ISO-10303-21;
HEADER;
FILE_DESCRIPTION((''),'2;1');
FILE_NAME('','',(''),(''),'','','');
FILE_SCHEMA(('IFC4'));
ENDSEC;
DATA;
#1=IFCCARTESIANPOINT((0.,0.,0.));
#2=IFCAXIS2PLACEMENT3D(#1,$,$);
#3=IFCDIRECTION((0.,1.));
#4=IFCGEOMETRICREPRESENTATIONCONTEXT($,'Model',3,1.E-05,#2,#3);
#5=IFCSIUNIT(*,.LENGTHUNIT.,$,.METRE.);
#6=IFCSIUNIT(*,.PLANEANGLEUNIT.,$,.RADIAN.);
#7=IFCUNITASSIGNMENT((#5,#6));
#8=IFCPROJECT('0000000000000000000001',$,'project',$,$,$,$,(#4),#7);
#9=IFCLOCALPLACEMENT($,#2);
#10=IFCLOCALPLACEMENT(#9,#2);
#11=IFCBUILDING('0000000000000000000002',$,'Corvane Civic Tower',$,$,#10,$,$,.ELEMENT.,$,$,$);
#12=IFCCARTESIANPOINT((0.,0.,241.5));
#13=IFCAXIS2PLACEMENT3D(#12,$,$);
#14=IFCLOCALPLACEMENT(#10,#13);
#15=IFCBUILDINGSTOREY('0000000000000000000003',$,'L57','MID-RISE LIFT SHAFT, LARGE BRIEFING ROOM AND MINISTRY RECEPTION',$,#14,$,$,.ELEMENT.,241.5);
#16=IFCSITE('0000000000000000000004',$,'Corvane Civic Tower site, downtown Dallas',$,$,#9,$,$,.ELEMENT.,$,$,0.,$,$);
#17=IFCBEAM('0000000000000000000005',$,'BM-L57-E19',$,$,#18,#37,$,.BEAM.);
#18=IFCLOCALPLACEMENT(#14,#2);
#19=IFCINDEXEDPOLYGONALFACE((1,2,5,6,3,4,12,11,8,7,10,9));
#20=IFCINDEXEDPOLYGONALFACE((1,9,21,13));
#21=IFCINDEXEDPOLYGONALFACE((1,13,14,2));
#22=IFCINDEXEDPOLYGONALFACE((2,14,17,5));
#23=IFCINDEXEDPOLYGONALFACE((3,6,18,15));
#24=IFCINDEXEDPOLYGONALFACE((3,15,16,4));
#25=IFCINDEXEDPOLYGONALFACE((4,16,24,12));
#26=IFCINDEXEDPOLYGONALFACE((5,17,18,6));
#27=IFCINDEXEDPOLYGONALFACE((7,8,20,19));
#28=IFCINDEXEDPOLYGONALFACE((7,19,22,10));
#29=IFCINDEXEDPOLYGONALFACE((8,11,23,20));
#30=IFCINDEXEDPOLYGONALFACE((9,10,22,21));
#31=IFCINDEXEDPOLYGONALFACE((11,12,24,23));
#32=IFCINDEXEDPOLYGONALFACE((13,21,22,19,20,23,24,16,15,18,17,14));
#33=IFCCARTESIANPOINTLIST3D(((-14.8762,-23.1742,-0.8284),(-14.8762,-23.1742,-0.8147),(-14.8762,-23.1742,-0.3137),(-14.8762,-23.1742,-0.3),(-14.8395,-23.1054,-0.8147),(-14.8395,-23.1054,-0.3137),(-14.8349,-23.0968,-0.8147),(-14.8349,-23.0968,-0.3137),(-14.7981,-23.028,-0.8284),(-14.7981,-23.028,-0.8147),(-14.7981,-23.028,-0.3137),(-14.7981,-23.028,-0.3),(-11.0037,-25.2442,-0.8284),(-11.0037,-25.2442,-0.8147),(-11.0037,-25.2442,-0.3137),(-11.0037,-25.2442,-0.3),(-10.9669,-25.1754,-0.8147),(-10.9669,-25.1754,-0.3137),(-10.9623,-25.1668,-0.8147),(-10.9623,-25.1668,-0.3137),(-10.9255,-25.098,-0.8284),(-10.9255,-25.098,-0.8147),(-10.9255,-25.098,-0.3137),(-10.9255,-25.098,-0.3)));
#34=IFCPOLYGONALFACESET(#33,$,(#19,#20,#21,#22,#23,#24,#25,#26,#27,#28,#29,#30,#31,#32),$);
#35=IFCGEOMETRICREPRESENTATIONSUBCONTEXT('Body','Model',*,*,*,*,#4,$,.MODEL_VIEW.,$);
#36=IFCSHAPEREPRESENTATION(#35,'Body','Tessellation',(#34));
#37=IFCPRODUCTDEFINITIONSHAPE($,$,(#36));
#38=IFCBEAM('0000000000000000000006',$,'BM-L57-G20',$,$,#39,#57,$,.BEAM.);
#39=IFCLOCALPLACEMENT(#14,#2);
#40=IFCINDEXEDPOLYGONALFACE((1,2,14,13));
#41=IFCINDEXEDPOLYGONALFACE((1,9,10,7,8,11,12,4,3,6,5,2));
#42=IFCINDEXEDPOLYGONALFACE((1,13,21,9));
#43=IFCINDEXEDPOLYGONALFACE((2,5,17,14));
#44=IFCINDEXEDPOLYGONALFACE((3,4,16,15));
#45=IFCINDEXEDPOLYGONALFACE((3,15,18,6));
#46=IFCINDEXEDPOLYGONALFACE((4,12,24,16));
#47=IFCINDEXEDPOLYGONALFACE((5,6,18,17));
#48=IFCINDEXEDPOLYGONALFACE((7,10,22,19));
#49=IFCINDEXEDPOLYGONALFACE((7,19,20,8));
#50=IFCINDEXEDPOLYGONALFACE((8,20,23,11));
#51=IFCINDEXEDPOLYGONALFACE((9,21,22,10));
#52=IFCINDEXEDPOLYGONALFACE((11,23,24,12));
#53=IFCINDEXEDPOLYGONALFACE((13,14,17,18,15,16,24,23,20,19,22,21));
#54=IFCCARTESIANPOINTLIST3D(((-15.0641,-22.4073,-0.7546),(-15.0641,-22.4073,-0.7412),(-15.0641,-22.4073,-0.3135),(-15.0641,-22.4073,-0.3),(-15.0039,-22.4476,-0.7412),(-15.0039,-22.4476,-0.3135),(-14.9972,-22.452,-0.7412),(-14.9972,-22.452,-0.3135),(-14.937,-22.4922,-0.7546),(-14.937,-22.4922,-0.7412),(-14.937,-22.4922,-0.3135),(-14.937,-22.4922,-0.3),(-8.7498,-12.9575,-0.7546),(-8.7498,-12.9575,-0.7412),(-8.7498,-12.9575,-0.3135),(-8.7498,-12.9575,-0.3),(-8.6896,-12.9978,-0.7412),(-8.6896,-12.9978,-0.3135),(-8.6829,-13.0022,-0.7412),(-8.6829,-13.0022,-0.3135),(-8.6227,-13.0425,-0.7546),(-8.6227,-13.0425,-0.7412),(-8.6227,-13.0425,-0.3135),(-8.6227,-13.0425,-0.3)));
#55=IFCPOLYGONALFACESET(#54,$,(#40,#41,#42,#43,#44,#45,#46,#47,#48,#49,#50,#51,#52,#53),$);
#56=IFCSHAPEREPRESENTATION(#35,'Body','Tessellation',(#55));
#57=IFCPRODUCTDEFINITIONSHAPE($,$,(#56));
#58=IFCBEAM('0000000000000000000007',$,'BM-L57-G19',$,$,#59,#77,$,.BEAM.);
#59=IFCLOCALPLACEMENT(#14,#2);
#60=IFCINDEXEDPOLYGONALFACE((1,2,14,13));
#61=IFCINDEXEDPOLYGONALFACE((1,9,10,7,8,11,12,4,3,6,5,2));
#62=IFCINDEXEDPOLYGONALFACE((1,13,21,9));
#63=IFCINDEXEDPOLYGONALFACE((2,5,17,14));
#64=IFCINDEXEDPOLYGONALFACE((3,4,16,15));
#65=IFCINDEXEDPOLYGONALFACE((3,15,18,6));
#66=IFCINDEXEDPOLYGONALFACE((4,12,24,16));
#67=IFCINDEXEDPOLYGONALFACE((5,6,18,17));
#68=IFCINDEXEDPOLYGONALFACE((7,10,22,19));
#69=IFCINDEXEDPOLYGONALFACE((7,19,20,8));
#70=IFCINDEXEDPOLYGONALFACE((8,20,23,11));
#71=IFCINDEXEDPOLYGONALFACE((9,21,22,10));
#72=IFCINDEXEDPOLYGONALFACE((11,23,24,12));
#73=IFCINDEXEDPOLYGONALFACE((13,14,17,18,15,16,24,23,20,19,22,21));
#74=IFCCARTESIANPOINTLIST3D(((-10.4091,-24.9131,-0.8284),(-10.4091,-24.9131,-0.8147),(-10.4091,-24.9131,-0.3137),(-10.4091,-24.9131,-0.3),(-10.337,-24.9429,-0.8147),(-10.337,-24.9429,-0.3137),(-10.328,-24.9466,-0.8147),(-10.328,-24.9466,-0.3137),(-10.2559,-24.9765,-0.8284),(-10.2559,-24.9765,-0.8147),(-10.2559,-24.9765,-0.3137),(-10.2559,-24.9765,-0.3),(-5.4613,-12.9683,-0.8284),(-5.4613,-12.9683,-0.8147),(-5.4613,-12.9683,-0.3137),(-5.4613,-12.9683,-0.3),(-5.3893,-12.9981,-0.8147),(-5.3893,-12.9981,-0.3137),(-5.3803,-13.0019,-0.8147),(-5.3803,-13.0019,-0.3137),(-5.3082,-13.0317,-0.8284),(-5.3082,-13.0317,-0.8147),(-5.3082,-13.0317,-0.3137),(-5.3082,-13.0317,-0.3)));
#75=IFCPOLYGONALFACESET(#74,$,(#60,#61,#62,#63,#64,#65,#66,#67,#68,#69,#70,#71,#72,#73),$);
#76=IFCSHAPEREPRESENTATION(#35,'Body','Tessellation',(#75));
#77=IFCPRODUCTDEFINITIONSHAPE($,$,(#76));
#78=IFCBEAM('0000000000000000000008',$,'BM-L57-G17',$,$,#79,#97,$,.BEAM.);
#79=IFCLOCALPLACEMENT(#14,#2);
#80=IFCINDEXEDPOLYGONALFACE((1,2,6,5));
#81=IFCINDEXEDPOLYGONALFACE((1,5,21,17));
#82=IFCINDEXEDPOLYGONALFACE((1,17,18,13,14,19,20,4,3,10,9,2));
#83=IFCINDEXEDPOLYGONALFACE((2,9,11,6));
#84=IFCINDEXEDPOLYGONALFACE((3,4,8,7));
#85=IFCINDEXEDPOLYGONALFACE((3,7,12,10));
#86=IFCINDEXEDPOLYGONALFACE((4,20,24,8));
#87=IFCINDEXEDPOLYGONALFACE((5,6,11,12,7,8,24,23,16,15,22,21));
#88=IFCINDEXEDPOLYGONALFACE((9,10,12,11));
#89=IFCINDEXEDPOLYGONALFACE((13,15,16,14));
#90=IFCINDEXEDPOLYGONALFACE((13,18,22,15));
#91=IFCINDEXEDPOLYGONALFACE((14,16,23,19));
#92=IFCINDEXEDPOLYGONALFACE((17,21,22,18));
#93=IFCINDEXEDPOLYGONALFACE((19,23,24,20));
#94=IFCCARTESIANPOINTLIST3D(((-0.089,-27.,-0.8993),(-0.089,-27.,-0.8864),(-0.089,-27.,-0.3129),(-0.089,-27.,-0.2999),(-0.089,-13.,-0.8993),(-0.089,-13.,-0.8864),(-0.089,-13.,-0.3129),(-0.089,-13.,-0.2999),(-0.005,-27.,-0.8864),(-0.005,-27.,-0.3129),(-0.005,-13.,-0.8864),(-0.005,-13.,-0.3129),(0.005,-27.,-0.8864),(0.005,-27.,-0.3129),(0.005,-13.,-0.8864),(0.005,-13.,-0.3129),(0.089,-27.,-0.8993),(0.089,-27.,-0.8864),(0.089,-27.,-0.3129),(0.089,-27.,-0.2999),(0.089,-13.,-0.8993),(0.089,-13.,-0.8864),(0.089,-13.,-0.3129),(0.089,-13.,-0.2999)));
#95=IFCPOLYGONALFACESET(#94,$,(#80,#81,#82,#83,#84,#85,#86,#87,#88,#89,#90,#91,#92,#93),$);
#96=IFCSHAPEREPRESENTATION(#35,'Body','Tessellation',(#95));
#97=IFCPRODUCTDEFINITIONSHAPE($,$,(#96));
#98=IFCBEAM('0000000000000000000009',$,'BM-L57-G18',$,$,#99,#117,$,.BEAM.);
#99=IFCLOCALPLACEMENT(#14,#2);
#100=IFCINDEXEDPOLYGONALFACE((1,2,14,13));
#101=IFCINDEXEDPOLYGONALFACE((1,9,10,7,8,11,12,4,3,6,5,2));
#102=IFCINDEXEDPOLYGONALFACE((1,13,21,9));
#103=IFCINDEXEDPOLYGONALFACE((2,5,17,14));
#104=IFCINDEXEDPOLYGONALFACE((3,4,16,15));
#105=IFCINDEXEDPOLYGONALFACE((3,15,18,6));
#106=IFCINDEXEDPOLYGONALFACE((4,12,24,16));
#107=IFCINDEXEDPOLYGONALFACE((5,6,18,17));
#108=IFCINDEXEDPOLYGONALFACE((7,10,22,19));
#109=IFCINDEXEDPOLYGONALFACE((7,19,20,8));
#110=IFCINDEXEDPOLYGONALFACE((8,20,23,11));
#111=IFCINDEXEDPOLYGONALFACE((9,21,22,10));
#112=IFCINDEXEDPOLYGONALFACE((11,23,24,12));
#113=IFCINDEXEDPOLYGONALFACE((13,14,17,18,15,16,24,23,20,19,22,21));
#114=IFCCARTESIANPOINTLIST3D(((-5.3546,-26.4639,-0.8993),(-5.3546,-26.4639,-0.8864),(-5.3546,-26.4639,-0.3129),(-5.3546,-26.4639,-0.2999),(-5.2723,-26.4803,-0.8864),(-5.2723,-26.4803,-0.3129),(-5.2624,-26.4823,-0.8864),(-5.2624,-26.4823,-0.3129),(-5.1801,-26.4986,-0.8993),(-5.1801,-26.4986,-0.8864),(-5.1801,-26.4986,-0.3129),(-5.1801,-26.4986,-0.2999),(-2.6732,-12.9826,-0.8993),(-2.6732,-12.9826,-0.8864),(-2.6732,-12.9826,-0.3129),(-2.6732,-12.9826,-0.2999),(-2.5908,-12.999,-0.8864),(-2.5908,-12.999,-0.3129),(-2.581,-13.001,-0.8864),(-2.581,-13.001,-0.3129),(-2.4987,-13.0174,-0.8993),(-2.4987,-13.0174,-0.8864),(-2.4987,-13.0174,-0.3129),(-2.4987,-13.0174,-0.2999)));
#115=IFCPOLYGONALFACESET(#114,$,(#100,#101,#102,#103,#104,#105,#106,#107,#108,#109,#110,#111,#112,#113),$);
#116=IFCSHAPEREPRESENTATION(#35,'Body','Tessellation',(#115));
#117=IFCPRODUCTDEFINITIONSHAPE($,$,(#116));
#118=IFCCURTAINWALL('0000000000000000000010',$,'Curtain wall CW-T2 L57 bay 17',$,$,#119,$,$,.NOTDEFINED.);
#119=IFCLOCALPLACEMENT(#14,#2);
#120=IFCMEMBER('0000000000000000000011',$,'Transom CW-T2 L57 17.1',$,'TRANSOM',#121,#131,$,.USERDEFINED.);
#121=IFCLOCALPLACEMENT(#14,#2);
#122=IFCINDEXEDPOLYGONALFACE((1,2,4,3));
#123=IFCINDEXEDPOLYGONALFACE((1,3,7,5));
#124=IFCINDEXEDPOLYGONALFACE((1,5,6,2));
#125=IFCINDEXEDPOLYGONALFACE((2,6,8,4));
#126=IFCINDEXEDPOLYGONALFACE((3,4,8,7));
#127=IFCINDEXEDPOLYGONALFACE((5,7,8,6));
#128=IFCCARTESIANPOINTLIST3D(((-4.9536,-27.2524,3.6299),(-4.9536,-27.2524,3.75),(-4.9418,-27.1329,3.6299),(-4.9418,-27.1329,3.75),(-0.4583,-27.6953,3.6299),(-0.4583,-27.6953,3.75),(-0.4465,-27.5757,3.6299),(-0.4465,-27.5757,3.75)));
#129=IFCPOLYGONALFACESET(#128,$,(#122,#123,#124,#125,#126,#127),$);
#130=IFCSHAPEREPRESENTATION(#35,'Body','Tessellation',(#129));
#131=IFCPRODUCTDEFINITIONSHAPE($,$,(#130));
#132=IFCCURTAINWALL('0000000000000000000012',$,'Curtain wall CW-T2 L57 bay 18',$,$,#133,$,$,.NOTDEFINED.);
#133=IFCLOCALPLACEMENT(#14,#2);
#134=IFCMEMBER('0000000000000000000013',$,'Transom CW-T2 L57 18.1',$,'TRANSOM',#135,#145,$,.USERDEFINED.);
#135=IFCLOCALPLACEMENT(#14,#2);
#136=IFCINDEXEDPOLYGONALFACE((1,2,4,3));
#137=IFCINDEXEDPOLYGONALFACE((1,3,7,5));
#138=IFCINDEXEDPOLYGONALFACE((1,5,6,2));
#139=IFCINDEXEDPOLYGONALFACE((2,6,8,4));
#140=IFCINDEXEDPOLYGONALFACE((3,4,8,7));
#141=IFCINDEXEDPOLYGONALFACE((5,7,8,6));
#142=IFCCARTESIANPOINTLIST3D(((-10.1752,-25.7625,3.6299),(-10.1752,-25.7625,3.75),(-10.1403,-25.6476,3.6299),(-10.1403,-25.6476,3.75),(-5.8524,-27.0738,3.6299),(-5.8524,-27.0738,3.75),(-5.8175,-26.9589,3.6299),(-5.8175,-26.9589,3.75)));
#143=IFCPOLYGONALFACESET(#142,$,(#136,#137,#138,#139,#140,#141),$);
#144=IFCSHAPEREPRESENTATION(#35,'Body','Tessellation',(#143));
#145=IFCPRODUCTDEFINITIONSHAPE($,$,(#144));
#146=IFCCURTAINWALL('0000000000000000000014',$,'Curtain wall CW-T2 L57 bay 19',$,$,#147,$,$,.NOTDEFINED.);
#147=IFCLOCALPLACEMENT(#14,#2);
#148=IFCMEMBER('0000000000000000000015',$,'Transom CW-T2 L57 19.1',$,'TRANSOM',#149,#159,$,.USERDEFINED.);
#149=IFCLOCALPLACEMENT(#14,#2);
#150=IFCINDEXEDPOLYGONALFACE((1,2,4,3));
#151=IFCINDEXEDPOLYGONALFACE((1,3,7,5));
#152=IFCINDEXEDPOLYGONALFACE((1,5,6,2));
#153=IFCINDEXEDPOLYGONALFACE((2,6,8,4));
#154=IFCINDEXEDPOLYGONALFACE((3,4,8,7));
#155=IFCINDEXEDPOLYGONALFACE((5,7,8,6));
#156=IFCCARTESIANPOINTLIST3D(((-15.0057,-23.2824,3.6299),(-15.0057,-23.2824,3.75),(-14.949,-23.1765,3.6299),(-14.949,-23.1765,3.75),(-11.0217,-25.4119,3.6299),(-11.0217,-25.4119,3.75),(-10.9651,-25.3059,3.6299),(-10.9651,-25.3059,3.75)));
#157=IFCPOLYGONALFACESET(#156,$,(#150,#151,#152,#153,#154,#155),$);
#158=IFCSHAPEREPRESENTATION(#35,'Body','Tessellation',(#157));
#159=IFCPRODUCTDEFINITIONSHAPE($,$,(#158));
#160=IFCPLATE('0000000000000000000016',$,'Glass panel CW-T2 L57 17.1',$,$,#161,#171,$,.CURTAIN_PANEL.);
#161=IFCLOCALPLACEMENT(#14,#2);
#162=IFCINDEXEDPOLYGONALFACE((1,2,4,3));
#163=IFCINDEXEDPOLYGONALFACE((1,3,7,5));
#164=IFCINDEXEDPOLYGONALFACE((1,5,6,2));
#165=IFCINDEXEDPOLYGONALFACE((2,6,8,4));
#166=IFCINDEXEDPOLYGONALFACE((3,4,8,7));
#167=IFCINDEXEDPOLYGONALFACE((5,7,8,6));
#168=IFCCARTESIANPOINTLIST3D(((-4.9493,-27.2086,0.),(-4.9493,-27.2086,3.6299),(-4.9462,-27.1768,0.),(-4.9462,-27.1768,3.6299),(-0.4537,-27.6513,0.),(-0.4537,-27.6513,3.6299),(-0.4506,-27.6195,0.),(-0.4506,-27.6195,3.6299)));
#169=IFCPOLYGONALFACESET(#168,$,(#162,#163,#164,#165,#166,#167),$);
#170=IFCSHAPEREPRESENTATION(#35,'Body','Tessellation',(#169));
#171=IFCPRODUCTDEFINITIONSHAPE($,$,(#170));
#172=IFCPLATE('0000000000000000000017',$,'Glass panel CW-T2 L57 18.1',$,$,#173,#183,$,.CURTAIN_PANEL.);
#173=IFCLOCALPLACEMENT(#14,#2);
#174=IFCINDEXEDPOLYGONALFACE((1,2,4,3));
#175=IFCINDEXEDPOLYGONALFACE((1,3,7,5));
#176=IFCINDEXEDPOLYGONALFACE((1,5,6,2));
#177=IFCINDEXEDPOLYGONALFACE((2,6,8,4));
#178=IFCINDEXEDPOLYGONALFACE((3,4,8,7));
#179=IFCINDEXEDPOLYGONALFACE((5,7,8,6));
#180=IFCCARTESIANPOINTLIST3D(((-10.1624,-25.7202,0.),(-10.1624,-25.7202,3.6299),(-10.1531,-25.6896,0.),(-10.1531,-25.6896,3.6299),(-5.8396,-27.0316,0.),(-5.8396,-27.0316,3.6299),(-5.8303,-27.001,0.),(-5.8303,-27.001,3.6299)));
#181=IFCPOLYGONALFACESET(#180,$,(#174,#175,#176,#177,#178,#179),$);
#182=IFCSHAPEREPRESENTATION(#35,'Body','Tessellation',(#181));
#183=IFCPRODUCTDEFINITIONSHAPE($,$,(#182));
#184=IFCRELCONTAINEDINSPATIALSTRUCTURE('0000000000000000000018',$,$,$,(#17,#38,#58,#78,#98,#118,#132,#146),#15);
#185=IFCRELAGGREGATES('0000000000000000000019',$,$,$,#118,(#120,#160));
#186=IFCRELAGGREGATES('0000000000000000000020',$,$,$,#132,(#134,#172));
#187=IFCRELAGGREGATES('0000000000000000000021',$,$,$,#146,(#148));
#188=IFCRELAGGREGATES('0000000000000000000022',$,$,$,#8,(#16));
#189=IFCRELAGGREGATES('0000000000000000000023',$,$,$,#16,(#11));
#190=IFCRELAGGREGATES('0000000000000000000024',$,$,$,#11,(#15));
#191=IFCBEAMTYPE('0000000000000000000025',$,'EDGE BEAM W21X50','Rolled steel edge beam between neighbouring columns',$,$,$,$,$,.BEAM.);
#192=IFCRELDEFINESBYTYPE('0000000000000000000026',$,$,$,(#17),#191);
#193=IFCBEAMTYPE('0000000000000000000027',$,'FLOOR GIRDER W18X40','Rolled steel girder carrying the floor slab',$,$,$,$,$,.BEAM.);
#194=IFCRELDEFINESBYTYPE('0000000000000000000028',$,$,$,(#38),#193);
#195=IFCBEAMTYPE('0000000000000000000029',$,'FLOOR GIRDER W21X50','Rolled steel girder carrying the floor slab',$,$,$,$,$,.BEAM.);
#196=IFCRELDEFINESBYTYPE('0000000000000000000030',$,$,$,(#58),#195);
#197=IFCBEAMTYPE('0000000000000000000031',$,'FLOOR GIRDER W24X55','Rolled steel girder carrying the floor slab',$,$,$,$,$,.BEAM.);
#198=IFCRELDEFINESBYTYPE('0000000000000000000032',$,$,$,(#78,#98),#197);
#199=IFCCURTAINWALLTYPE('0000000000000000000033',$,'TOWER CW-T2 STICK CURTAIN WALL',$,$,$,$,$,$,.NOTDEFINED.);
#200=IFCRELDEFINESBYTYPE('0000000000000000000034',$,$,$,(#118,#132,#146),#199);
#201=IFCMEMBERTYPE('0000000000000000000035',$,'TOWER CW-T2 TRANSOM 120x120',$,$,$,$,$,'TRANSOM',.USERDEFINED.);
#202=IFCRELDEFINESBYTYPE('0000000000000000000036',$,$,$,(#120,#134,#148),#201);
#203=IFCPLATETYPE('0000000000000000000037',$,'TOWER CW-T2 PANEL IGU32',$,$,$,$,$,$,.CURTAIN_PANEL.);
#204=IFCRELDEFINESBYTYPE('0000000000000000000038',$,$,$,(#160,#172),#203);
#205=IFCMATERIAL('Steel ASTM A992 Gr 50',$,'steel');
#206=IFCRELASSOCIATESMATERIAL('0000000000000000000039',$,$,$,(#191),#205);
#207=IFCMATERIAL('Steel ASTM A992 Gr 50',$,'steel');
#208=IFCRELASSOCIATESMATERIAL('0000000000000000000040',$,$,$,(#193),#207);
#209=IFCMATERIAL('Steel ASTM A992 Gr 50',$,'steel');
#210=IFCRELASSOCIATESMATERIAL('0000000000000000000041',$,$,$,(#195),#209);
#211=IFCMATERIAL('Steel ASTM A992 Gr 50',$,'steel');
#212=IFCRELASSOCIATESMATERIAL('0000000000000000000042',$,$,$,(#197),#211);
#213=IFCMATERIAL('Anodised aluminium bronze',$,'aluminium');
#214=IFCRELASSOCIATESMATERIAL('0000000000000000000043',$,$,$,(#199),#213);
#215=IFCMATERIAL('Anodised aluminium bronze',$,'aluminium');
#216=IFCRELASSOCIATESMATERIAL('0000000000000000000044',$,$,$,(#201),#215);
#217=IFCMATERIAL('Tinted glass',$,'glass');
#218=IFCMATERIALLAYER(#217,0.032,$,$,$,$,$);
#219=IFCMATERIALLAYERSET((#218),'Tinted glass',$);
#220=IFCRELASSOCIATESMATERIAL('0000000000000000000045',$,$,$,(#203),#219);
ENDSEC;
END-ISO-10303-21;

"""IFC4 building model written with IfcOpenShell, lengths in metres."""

from ifc_helpers import new_model, si_unit, direction, frame, origin, origin_2d, place, context, subcontext, project, spatial, rectangle, i_section, extrude, material, layer, layer_set, material_profile, profile_set, type_object, element, aggregate, save


model = new_model("IFC4")

# Units and contexts
model_context = context("Model", 3, precision=1e-05, world=origin(), true_north=direction((0.0, 1.0)))
body_context = subcontext(model_context, "Body", "Model", "MODEL_VIEW")
ifc_project = project(units=[si_unit("LENGTHUNIT", "METRE"), si_unit("PLANEANGLEUNIT", "RADIAN")], contexts=[model_context])

# Site, building, storey
site_placement = place(None, origin())
site = spatial("IfcSite", under=ifc_project, at=site_placement, Name="Corvane Civic Tower site, downtown Dallas", CompositionType="ELEMENT", RefElevation=0.0)
building_placement = place(site_placement, origin())
building = spatial("IfcBuilding", under=site, at=building_placement, Name="Corvane Civic Tower", CompositionType="ELEMENT")
storey_placement = place(building_placement, frame((0.0, 0.0, 241.5)))
storey = spatial("IfcBuildingStorey", under=building, at=storey_placement, Name="L57", Description="MID-RISE LIFT SHAFT, LARGE BRIEFING ROOM AND MINISTRY RECEPTION", CompositionType="ELEMENT", Elevation=241.5)

# Beams
ifc_material_1 = material(Name="Steel ASTM A992 Gr 50", Category="steel")
ifc_material_profile_1 = material_profile(ifc_material_1, i_section(OverallWidth=0.1658, OverallDepth=0.5283, WebThickness=0.0098, FlangeThickness=0.0137, at=origin_2d()), Name="W21X50")
ifc_profile_set_1 = profile_set([ifc_material_profile_1], Name="Steel ASTM A992 Gr 50")
beam_type_1 = type_object("IfcBeamType", Name="EDGE BEAM W21X50", Description="Rolled steel edge beam between neighbouring columns", PredefinedType="BEAM", material=ifc_profile_set_1)
beam_1_placement = place(storey_placement, frame((-10.9646, -25.1711, -0.5642), z_axis=(-0.881908, 0.471422, 0.0), x_axis=(-0.471422, -0.881908, 0.0)))
element("IfcBeam", 1, at=beam_1_placement, inside=storey, type_object=beam_type_1, Name="BM-L57-E19", PredefinedType="BEAM", context=body_context, shape_type="SweptSolid", body=[
    extrude(i_section(OverallWidth=0.1658, OverallDepth=0.5283, WebThickness=0.0098, FlangeThickness=0.0137, at=origin_2d()), origin(), (0.0, 0.0, 1.0), 4.3911),
])
ifc_material_2 = material(Name="Steel ASTM A992 Gr 50", Category="steel")
ifc_material_profile_2 = material_profile(ifc_material_2, i_section(OverallWidth=0.1528, OverallDepth=0.4546, WebThickness=0.0081, FlangeThickness=0.0134, at=origin_2d()), Name="W18X40")
ifc_profile_set_2 = profile_set([ifc_material_profile_2], Name="Steel ASTM A992 Gr 50")
beam_type_2 = type_object("IfcBeamType", Name="FLOOR GIRDER W18X40", Description="Rolled steel girder carrying the floor slab", PredefinedType="BEAM", material=ifc_profile_set_2)
beam_2_placement = place(storey_placement, frame((-8.6863, -13.0, -0.5273), z_axis=(-0.555577, -0.831465, 0.0), x_axis=(0.831465, -0.555577, 0.0)))
element("IfcBeam", 2, at=beam_2_placement, inside=storey, type_object=beam_type_2, Name="BM-L57-G20", PredefinedType="BEAM", context=body_context, shape_type="SweptSolid", body=[
    extrude(i_section(OverallWidth=0.1528, OverallDepth=0.4546, WebThickness=0.0081, FlangeThickness=0.0134, at=origin_2d()), origin(), (0.0, 0.0, 1.0), 11.3652),
])
ifc_material_3 = material(Name="Steel ASTM A992 Gr 50", Category="steel")
ifc_material_profile_3 = material_profile(ifc_material_3, i_section(OverallWidth=0.1658, OverallDepth=0.5283, WebThickness=0.0098, FlangeThickness=0.0137, at=origin_2d()), Name="W21X50")
ifc_profile_set_3 = profile_set([ifc_material_profile_3], Name="Steel ASTM A992 Gr 50")
beam_type_3 = type_object("IfcBeamType", Name="FLOOR GIRDER W21X50", Description="Rolled steel girder carrying the floor slab", PredefinedType="BEAM", material=ifc_profile_set_3)
beam_3_placement = place(storey_placement, frame((-5.3848, -13.0, -0.5642), z_axis=(-0.382686, -0.923878, 0.0), x_axis=(0.923878, -0.382686, 0.0)))
element("IfcBeam", 3, at=beam_3_placement, inside=storey, type_object=beam_type_3, Name="BM-L57-G19", PredefinedType="BEAM", context=body_context, shape_type="SweptSolid", body=[
    extrude(i_section(OverallWidth=0.1658, OverallDepth=0.5283, WebThickness=0.0098, FlangeThickness=0.0137, at=origin_2d()), origin(), (0.0, 0.0, 1.0), 12.929),
])
ifc_material_4 = material(Name="Steel ASTM A992 Gr 50", Category="steel")
ifc_material_profile_4 = material_profile(ifc_material_4, i_section(OverallWidth=0.178, OverallDepth=0.5994, WebThickness=0.01, FlangeThickness=0.0129, at=origin_2d()), Name="W24X55")
ifc_profile_set_4 = profile_set([ifc_material_profile_4], Name="Steel ASTM A992 Gr 50")
beam_type_4 = type_object("IfcBeamType", Name="FLOOR GIRDER W24X55", Description="Rolled steel girder carrying the floor slab", PredefinedType="BEAM", material=ifc_profile_set_4)
beam_4_placement = place(storey_placement, frame((0.0, -13.0, -0.5996), z_axis=(0.0, -1.0, 0.0), x_axis=(1.0, 0.0, 0.0)))
element("IfcBeam", 4, at=beam_4_placement, inside=storey, type_object=beam_type_4, Name="BM-L57-G17", PredefinedType="BEAM", context=body_context, shape_type="SweptSolid", body=[
    extrude(i_section(OverallWidth=0.178, OverallDepth=0.5994, WebThickness=0.01, FlangeThickness=0.0129, at=origin_2d()), origin(), (0.0, 0.0, 1.0), 14.0),
])
beam_5_placement = place(storey_placement, frame((-2.5859, -13.0, -0.5996), z_axis=(-0.195078, -0.980788, 0.0), x_axis=(0.980788, -0.195078, 0.0)))
element("IfcBeam", 5, at=beam_5_placement, inside=storey, type_object=beam_type_4, Name="BM-L57-G18", PredefinedType="BEAM", context=body_context, shape_type="SweptSolid", body=[
    extrude(i_section(OverallWidth=0.178, OverallDepth=0.5994, WebThickness=0.01, FlangeThickness=0.0129, at=origin_2d()), origin(), (0.0, 0.0, 1.0), 13.7454),
])

# Curtain walls, members
ifc_material_5 = material(Name="Anodised aluminium bronze", Category="aluminium")
curtain_wall_type = type_object("IfcCurtainWallType", Name="TOWER CW-T2 STICK CURTAIN WALL", PredefinedType="NOTDEFINED", material=ifc_material_5)
curtain_wall_1_placement = place(storey_placement, origin())
curtain_wall_1 = element("IfcCurtainWall", 6, at=curtain_wall_1_placement, inside=storey, type_object=curtain_wall_type, Name="Curtain wall CW-T2 L57 bay 17", PredefinedType="NOTDEFINED")
ifc_material_6 = material(Name="Anodised aluminium bronze", Category="aluminium")
ifc_material_profile_5 = material_profile(ifc_material_6, rectangle(XDim=0.1201, YDim=0.1201, at=origin_2d()), Name="TOWER CW-T2 TRANSOM 120x120")
ifc_profile_set_5 = profile_set([ifc_material_profile_5], Name="Anodised aluminium bronze")
member_type = type_object("IfcMemberType", Name="TOWER CW-T2 TRANSOM 120x120", ElementType="TRANSOM", PredefinedType="USERDEFINED", material=ifc_profile_set_5)
member_1_placement = place(storey_placement, frame((-0.4524, -27.6355, 3.6899), z_axis=(-0.995182, 0.098043, 0.0), x_axis=(-0.098043, -0.995182, 0.0)))
member_1 = element("IfcMember", 7, at=member_1_placement, type_object=member_type, Name="Transom CW-T2 L57 17.1", ObjectType="TRANSOM", PredefinedType="USERDEFINED", context=body_context, shape_type="SweptSolid", body=[
    extrude(rectangle(XDim=0.1201, YDim=0.1201, at=origin_2d()), origin(), (0.0, 0.0, 1.0), 4.5171),
])
curtain_wall_2_placement = place(storey_placement, origin())
curtain_wall_2 = element("IfcCurtainWall", 8, at=curtain_wall_2_placement, inside=storey, type_object=curtain_wall_type, Name="Curtain wall CW-T2 L57 bay 18", PredefinedType="NOTDEFINED")
member_2_placement = place(storey_placement, frame((-5.835, -27.0164, 3.6899), z_axis=(-0.956941, 0.290282, 0.0), x_axis=(-0.290282, -0.956941, 0.0)))
member_2 = element("IfcMember", 9, at=member_2_placement, type_object=member_type, Name="Transom CW-T2 L57 18.1", ObjectType="TRANSOM", PredefinedType="USERDEFINED", context=body_context, shape_type="SweptSolid", body=[
    extrude(rectangle(XDim=0.1201, YDim=0.1201, at=origin_2d()), origin(), (0.0, 0.0, 1.0), 4.5173),
])
curtain_wall_3_placement = place(storey_placement, origin())
curtain_wall_3 = element("IfcCurtainWall", 10, at=curtain_wall_3_placement, inside=storey, type_object=curtain_wall_type, Name="Curtain wall CW-T2 L57 bay 19", PredefinedType="NOTDEFINED")
member_3_placement = place(storey_placement, frame((-10.9934, -25.3589, 3.6899), z_axis=(-0.881925, 0.47139, 0.0), x_axis=(-0.47139, -0.881925, 0.0)))
member_3 = element("IfcMember", 11, at=member_3_placement, type_object=member_type, Name="Transom CW-T2 L57 19.1", ObjectType="TRANSOM", PredefinedType="USERDEFINED", context=body_context, shape_type="SweptSolid", body=[
    extrude(rectangle(XDim=0.1201, YDim=0.1201, at=origin_2d()), origin(), (0.0, 0.0, 1.0), 4.5173),
])

# Plates
ifc_material_7 = material(Name="Tinted glass", Category="glass")
ifc_layer_1 = layer(ifc_material_7, 0.032)
ifc_layer_set_1 = layer_set([ifc_layer_1], Name="Tinted glass")
plate_type = type_object("IfcPlateType", Name="TOWER CW-T2 PANEL IGU32", PredefinedType="CURTAIN_PANEL", material=ifc_layer_set_1)
plate_1_placement = place(storey_placement, frame((-2.7, -27.4141, 0.0), z_axis=(0.0, 0.0, 1.0), x_axis=(-0.995187, 0.097993, 0.0)))
plate_1 = element("IfcPlate", 12, at=plate_1_placement, type_object=plate_type, Name="Glass panel CW-T2 L57 17.1", PredefinedType="CURTAIN_PANEL", context=body_context, shape_type="SweptSolid", body=[
    extrude(rectangle(XDim=4.5173, YDim=0.032, at=origin_2d()), origin(), (0.0, 0.0, 1.0), 3.6299),
])
aggregate(curtain_wall_1, [member_1, plate_1])
plate_2_placement = place(storey_placement, frame((-7.9963, -26.3606, 0.0), z_axis=(0.0, 0.0, 1.0), x_axis=(-0.956939, 0.29029, 0.0)))
plate_2 = element("IfcPlate", 13, at=plate_2_placement, type_object=plate_type, Name="Glass panel CW-T2 L57 18.1", PredefinedType="CURTAIN_PANEL", context=body_context, shape_type="SweptSolid", body=[
    extrude(rectangle(XDim=4.5173, YDim=0.032, at=origin_2d()), origin(), (0.0, 0.0, 1.0), 3.6299),
])
aggregate(curtain_wall_2, [member_2, plate_2])
aggregate(curtain_wall_3, [member_3])

save(model, "model.ifc")
